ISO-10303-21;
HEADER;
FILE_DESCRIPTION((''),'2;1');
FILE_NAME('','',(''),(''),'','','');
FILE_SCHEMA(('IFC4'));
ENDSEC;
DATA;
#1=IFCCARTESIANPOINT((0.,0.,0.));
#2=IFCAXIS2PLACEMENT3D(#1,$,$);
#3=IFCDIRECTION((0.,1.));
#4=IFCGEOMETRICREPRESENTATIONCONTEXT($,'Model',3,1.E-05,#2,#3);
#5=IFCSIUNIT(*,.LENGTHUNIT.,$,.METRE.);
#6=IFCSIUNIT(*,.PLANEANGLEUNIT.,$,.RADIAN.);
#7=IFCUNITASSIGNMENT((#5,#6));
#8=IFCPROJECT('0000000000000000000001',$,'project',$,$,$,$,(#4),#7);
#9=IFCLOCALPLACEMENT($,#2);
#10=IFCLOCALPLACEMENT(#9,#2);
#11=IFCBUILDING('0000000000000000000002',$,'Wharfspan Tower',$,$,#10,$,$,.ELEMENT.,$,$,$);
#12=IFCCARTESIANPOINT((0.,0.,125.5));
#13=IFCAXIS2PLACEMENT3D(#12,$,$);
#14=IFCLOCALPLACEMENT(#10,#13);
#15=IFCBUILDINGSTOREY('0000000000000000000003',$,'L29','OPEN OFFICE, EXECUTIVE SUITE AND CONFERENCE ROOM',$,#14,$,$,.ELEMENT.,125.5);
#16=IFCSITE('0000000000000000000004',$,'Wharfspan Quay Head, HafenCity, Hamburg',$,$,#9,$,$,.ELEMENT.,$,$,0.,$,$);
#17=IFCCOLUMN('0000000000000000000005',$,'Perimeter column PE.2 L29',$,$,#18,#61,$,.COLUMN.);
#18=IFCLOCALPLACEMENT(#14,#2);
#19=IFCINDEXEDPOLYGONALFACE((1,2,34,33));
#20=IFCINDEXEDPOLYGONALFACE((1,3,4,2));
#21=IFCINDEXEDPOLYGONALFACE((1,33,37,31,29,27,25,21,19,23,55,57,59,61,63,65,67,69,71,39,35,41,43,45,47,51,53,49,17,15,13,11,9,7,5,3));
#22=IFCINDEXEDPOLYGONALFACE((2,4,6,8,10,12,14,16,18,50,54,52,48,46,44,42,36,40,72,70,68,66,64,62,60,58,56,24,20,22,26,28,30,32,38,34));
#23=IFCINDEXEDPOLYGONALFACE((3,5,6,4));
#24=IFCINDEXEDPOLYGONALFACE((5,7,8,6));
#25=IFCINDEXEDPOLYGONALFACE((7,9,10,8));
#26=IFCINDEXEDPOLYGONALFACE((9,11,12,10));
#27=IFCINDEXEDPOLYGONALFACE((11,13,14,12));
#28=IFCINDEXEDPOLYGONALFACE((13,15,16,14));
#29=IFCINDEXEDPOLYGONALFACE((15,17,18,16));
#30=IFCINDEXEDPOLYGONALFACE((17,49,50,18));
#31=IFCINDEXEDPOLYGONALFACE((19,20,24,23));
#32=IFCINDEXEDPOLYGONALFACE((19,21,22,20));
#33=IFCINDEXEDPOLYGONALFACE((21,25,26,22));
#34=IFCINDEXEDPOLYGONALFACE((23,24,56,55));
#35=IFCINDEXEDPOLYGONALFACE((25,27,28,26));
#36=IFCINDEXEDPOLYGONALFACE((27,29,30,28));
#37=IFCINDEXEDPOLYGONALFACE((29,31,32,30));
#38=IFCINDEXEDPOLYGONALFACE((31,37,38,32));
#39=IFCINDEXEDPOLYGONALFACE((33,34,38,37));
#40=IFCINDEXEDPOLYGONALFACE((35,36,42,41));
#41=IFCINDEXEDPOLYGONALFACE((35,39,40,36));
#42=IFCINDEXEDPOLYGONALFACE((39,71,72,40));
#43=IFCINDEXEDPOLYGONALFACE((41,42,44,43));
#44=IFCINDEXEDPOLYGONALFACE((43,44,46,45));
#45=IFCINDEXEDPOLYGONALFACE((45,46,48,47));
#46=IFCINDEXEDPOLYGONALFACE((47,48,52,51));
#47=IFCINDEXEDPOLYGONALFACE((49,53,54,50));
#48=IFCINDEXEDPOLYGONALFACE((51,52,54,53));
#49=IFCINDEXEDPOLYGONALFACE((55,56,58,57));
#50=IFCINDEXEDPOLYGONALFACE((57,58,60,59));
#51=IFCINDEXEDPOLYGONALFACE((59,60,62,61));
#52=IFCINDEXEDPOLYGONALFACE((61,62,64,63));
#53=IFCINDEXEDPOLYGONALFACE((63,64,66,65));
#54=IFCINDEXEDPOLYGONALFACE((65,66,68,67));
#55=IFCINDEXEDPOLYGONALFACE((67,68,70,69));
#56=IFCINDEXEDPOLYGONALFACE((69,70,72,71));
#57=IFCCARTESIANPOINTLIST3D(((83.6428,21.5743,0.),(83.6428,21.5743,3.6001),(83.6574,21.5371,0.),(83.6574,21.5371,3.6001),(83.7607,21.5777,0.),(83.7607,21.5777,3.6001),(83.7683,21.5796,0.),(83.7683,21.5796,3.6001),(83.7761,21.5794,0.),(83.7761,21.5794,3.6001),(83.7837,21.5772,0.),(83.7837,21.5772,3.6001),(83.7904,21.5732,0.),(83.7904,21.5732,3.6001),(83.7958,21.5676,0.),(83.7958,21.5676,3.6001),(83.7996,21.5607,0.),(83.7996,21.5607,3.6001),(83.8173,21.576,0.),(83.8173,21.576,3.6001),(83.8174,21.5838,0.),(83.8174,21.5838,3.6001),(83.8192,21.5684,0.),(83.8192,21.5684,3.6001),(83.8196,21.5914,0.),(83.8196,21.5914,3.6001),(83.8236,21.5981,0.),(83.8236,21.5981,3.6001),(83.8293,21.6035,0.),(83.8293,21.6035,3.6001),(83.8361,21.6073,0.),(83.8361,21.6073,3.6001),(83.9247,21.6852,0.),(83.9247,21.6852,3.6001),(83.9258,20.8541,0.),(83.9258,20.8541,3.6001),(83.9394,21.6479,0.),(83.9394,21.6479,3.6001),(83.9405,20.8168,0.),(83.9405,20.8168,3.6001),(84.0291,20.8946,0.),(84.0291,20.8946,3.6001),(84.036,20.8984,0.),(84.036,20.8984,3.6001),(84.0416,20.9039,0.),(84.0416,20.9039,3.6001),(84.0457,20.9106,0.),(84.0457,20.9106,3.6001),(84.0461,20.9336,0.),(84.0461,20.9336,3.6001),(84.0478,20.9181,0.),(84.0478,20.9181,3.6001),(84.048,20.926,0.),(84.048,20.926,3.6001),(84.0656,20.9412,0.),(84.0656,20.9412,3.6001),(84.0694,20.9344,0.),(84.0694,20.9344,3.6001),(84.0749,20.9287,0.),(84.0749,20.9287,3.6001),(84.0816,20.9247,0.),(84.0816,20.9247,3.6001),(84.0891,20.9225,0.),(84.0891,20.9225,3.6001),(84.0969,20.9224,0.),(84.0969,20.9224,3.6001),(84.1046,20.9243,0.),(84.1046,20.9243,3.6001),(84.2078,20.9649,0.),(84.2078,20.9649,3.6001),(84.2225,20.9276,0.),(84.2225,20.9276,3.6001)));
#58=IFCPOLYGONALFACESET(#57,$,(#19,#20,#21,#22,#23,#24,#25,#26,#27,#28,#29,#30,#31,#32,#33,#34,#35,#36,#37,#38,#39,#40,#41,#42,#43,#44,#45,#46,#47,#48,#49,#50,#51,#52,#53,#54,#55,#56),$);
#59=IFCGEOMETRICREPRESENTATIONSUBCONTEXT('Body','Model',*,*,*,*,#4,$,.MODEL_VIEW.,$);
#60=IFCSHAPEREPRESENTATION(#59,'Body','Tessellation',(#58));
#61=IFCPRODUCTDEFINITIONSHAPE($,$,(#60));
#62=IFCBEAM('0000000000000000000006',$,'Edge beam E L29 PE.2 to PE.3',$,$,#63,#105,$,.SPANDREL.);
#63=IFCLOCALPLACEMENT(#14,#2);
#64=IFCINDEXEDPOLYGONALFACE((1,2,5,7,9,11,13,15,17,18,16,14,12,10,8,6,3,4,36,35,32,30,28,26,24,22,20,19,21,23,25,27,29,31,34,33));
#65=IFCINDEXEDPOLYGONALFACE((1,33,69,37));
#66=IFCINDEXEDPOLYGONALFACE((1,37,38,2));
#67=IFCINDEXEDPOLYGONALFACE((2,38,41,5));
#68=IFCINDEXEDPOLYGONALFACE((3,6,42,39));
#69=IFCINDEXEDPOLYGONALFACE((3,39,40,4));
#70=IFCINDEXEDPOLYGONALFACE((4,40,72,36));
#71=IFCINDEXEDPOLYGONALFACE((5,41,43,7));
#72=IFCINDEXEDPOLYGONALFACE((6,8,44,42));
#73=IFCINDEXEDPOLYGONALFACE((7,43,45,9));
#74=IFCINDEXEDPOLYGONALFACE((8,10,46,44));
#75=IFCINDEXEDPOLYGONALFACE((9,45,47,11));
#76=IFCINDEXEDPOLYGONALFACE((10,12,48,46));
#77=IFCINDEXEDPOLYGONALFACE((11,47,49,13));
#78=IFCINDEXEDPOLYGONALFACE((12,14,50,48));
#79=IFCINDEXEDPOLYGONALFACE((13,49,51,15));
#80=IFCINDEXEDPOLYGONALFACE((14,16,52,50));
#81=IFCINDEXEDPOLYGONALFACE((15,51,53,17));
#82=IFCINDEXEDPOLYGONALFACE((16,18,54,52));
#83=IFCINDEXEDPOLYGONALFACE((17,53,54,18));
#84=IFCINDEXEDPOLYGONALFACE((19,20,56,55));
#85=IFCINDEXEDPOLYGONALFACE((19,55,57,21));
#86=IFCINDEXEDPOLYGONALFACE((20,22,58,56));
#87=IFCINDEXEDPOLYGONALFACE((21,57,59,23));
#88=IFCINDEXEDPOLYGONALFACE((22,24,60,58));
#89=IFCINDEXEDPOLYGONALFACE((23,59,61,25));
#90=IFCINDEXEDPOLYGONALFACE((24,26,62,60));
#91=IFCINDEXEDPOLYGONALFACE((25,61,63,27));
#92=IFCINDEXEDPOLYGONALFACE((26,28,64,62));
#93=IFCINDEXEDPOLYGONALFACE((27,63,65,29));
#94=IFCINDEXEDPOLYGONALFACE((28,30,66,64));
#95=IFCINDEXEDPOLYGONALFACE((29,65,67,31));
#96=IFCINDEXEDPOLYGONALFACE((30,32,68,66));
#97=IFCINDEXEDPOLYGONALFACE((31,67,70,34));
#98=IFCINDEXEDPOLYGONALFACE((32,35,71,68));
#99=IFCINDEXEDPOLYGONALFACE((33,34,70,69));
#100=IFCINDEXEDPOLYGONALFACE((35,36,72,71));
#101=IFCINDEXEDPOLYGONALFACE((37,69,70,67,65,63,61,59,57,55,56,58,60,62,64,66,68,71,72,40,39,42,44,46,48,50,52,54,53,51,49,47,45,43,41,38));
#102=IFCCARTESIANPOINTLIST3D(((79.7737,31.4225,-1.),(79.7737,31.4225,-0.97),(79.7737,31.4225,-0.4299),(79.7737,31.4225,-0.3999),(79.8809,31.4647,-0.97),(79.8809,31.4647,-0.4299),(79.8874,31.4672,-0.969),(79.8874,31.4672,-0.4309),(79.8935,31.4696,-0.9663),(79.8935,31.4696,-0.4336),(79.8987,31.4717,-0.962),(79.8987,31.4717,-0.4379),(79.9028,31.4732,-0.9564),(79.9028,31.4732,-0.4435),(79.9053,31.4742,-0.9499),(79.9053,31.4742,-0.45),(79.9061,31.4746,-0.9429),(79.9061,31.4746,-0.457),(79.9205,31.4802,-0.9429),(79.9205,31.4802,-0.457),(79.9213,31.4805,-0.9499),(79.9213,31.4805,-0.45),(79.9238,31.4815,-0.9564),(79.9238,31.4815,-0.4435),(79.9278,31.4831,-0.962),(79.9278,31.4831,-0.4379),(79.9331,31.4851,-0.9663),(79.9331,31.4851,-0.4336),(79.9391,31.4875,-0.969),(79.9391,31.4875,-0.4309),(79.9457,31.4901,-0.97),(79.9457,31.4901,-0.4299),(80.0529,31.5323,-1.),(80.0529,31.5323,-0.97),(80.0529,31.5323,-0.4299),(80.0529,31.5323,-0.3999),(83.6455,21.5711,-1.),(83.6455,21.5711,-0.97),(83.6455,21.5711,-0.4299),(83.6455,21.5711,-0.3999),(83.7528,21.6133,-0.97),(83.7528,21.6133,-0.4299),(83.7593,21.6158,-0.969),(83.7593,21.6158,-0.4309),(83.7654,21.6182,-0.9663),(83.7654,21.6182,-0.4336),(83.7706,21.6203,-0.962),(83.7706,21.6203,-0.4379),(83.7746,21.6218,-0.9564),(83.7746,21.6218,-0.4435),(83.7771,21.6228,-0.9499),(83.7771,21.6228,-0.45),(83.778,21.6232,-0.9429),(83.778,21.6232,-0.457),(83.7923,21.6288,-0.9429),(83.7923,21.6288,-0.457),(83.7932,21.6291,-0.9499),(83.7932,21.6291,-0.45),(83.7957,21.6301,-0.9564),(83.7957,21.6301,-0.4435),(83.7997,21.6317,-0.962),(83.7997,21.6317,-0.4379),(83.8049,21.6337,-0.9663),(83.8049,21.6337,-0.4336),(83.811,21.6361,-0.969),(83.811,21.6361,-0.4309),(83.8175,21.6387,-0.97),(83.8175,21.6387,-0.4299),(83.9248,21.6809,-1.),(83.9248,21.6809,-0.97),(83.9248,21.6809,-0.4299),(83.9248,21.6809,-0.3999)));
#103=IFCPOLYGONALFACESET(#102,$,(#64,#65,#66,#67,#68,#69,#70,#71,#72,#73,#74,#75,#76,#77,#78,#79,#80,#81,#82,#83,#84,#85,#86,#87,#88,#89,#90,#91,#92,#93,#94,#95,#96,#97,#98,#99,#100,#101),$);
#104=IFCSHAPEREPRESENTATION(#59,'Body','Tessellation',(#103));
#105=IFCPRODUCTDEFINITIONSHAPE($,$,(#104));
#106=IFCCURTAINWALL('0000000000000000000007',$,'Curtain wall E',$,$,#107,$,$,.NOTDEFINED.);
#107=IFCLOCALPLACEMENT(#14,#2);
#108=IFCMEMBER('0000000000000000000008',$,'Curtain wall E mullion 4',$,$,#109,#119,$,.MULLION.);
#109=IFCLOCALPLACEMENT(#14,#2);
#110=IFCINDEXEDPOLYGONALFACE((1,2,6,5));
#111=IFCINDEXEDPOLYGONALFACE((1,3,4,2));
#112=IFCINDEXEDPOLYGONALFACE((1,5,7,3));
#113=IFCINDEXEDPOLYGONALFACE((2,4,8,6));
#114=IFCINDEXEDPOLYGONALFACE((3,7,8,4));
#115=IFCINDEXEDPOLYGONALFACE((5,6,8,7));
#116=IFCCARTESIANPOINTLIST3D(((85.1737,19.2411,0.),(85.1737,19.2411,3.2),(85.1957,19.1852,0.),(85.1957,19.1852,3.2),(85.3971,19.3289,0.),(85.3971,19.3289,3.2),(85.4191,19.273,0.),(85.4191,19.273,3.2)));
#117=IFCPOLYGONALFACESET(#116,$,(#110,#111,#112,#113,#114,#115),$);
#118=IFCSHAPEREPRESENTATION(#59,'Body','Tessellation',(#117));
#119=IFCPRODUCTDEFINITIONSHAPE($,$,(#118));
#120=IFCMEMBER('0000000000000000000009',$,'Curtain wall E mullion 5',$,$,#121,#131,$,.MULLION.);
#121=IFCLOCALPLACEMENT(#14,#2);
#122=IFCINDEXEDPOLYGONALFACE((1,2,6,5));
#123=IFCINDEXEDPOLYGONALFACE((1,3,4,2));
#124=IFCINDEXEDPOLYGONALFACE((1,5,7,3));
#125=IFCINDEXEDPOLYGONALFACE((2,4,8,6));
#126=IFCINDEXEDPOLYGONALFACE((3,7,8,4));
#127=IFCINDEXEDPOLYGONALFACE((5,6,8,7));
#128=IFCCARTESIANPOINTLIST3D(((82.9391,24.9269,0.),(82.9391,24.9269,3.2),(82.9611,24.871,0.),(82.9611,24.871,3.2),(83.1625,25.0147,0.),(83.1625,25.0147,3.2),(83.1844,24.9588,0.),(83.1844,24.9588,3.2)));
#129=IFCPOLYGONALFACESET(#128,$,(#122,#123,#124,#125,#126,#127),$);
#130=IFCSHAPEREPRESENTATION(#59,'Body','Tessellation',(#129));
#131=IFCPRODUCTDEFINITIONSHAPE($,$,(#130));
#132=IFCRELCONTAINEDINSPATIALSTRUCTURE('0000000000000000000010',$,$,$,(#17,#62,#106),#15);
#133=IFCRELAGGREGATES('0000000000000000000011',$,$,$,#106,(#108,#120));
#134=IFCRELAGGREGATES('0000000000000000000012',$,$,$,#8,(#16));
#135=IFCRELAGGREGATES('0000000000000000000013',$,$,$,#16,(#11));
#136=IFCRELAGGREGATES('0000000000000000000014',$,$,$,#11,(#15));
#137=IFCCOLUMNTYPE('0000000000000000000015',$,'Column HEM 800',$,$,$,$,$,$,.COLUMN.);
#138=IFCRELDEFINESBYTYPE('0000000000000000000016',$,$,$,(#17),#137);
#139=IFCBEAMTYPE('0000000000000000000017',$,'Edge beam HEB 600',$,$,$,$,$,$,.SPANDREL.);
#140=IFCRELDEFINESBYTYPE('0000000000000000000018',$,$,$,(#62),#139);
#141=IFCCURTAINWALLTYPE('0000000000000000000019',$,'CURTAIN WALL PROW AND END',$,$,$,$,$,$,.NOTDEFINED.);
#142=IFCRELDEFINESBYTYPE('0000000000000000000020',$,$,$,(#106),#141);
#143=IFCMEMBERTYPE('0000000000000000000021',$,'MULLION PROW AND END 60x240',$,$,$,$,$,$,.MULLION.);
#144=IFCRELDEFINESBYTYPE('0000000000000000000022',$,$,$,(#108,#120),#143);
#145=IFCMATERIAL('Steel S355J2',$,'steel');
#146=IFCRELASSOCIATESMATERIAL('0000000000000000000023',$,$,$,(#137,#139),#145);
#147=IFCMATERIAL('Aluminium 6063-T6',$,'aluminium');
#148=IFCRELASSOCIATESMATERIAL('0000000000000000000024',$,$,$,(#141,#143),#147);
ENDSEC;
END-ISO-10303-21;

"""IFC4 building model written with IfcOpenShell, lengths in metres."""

from ifc_helpers import new_model, si_unit, direction, frame, origin, origin_2d, place, context, subcontext, project, spatial, rectangle, i_section, extrude, material, material_profile, profile_set, type_object, element, aggregate, save


model = new_model("IFC4")

# Units and contexts
model_context = context("Model", 3, precision=1e-05, world=origin(), true_north=direction((0.0, 1.0)))
body_context = subcontext(model_context, "Body", "Model", "MODEL_VIEW")
ifc_project = project(units=[si_unit("LENGTHUNIT", "METRE"), si_unit("PLANEANGLEUNIT", "RADIAN")], contexts=[model_context])

# Site, building, storey
site_placement = place(None, origin())
site = spatial("IfcSite", under=ifc_project, at=site_placement, Name="Wharfspan Quay Head, HafenCity, Hamburg", CompositionType="ELEMENT", RefElevation=0.0)
building_placement = place(site_placement, origin())
building = spatial("IfcBuilding", under=site, at=building_placement, Name="Wharfspan Tower", CompositionType="ELEMENT")
storey_placement = place(building_placement, frame((0.0, 0.0, 125.5)))
storey = spatial("IfcBuildingStorey", under=building, at=storey_placement, Name="L29", Description="OPEN OFFICE, EXECUTIVE SUITE AND CONFERENCE ROOM", CompositionType="ELEMENT", Elevation=125.5)

# Column
ifc_material_1 = material(Name="Steel S355J2", Category="steel")
ifc_material_profile_1 = material_profile(ifc_material_1, i_section(OverallWidth=0.303, OverallDepth=0.814, WebThickness=0.021, FlangeThickness=0.04, FilletRadius=0.03, at=origin_2d()))
ifc_profile_set_1 = profile_set([ifc_material_profile_1], Name="Steel S355J2")
column_type = type_object("IfcColumnType", Name="Column HEM 800", PredefinedType="COLUMN", material=ifc_profile_set_1)
column_placement = place(storey_placement, frame((83.9326, 21.251, 0.0), z_axis=(0.0, 0.0, 1.0), x_axis=(0.930702, 0.365778, 0.0)))
element("IfcColumn", 1, at=column_placement, inside=storey, type_object=column_type, Name="Perimeter column PE.2 L29", PredefinedType="COLUMN", context=body_context, shape_type="SweptSolid", body=[
    extrude(i_section(OverallWidth=0.303, OverallDepth=0.814, WebThickness=0.021, FlangeThickness=0.04, FilletRadius=0.03, at=origin_2d()), origin(), (0.0, 0.0, 1.0), 3.6001),
])

# Beam
ifc_material_profile_2 = material_profile(ifc_material_1, i_section(OverallWidth=0.3, OverallDepth=0.6001, WebThickness=0.0154, FlangeThickness=0.03, FilletRadius=0.0271, at=origin_2d()))
ifc_profile_set_2 = profile_set([ifc_material_profile_2], Name="Steel S355J2")
beam_type = type_object("IfcBeamType", Name="Edge beam HEB 600", PredefinedType="SPANDREL", material=ifc_profile_set_2)
beam_placement = place(storey_placement, frame((83.7852, 21.626, -0.7), z_axis=(-0.365789, 0.930698, 0.0), x_axis=(-0.930698, -0.365789, 0.0)))
element("IfcBeam", 2, at=beam_placement, inside=storey, type_object=beam_type, Name="Edge beam E L29 PE.2 to PE.3", PredefinedType="SPANDREL", context=body_context, shape_type="SweptSolid", body=[
    extrude(i_section(OverallWidth=0.3, OverallDepth=0.6001, WebThickness=0.0154, FlangeThickness=0.03, FilletRadius=0.0271, at=origin_2d()), origin(), (0.0, 0.0, 1.0), 10.585),
])

# Curtain wall, members
ifc_material_2 = material(Name="Aluminium 6063-T6", Category="aluminium")
curtain_wall_type = type_object("IfcCurtainWallType", Name="CURTAIN WALL PROW AND END", PredefinedType="NOTDEFINED", material=ifc_material_2)
curtain_wall_placement = place(storey_placement, origin())
curtain_wall = element("IfcCurtainWall", 3, at=curtain_wall_placement, inside=storey, type_object=curtain_wall_type, Name="Curtain wall E", PredefinedType="NOTDEFINED")
ifc_material_profile_3 = material_profile(ifc_material_2, rectangle(XDim=0.24, YDim=0.0601, at=origin_2d()))
ifc_profile_set_3 = profile_set([ifc_material_profile_3], Name="Aluminium 6063-T6")
member_type_1 = type_object("IfcMemberType", Name="MULLION PROW AND END 60x240", PredefinedType="MULLION", material=ifc_profile_set_3)
member_1_placement = place(storey_placement, frame((85.2964, 19.2571, 0.0), z_axis=(0.0, 0.0, 1.0), x_axis=(-0.930702, -0.365778, 0.0)))
member_1 = element("IfcMember", 4, at=member_1_placement, type_object=member_type_1, Name="Curtain wall E mullion 4", PredefinedType="MULLION", context=body_context, shape_type="SweptSolid", body=[
    extrude(rectangle(XDim=0.24, YDim=0.0601, at=origin_2d()), origin(), (0.0, 0.0, 1.0), 3.2),
])
member_2_placement = place(storey_placement, frame((83.0618, 24.9429, 0.0), z_axis=(0.0, 0.0, 1.0), x_axis=(-0.930702, -0.365778, 0.0)))
member_2 = element("IfcMember", 5, at=member_2_placement, type_object=member_type_1, Name="Curtain wall E mullion 5", PredefinedType="MULLION", context=body_context, shape_type="SweptSolid", body=[
    extrude(rectangle(XDim=0.24, YDim=0.0601, at=origin_2d()), origin(), (0.0, 0.0, 1.0), 3.2),
])

aggregate(curtain_wall, [member_1, member_2])

save(model, "model.ifc")
